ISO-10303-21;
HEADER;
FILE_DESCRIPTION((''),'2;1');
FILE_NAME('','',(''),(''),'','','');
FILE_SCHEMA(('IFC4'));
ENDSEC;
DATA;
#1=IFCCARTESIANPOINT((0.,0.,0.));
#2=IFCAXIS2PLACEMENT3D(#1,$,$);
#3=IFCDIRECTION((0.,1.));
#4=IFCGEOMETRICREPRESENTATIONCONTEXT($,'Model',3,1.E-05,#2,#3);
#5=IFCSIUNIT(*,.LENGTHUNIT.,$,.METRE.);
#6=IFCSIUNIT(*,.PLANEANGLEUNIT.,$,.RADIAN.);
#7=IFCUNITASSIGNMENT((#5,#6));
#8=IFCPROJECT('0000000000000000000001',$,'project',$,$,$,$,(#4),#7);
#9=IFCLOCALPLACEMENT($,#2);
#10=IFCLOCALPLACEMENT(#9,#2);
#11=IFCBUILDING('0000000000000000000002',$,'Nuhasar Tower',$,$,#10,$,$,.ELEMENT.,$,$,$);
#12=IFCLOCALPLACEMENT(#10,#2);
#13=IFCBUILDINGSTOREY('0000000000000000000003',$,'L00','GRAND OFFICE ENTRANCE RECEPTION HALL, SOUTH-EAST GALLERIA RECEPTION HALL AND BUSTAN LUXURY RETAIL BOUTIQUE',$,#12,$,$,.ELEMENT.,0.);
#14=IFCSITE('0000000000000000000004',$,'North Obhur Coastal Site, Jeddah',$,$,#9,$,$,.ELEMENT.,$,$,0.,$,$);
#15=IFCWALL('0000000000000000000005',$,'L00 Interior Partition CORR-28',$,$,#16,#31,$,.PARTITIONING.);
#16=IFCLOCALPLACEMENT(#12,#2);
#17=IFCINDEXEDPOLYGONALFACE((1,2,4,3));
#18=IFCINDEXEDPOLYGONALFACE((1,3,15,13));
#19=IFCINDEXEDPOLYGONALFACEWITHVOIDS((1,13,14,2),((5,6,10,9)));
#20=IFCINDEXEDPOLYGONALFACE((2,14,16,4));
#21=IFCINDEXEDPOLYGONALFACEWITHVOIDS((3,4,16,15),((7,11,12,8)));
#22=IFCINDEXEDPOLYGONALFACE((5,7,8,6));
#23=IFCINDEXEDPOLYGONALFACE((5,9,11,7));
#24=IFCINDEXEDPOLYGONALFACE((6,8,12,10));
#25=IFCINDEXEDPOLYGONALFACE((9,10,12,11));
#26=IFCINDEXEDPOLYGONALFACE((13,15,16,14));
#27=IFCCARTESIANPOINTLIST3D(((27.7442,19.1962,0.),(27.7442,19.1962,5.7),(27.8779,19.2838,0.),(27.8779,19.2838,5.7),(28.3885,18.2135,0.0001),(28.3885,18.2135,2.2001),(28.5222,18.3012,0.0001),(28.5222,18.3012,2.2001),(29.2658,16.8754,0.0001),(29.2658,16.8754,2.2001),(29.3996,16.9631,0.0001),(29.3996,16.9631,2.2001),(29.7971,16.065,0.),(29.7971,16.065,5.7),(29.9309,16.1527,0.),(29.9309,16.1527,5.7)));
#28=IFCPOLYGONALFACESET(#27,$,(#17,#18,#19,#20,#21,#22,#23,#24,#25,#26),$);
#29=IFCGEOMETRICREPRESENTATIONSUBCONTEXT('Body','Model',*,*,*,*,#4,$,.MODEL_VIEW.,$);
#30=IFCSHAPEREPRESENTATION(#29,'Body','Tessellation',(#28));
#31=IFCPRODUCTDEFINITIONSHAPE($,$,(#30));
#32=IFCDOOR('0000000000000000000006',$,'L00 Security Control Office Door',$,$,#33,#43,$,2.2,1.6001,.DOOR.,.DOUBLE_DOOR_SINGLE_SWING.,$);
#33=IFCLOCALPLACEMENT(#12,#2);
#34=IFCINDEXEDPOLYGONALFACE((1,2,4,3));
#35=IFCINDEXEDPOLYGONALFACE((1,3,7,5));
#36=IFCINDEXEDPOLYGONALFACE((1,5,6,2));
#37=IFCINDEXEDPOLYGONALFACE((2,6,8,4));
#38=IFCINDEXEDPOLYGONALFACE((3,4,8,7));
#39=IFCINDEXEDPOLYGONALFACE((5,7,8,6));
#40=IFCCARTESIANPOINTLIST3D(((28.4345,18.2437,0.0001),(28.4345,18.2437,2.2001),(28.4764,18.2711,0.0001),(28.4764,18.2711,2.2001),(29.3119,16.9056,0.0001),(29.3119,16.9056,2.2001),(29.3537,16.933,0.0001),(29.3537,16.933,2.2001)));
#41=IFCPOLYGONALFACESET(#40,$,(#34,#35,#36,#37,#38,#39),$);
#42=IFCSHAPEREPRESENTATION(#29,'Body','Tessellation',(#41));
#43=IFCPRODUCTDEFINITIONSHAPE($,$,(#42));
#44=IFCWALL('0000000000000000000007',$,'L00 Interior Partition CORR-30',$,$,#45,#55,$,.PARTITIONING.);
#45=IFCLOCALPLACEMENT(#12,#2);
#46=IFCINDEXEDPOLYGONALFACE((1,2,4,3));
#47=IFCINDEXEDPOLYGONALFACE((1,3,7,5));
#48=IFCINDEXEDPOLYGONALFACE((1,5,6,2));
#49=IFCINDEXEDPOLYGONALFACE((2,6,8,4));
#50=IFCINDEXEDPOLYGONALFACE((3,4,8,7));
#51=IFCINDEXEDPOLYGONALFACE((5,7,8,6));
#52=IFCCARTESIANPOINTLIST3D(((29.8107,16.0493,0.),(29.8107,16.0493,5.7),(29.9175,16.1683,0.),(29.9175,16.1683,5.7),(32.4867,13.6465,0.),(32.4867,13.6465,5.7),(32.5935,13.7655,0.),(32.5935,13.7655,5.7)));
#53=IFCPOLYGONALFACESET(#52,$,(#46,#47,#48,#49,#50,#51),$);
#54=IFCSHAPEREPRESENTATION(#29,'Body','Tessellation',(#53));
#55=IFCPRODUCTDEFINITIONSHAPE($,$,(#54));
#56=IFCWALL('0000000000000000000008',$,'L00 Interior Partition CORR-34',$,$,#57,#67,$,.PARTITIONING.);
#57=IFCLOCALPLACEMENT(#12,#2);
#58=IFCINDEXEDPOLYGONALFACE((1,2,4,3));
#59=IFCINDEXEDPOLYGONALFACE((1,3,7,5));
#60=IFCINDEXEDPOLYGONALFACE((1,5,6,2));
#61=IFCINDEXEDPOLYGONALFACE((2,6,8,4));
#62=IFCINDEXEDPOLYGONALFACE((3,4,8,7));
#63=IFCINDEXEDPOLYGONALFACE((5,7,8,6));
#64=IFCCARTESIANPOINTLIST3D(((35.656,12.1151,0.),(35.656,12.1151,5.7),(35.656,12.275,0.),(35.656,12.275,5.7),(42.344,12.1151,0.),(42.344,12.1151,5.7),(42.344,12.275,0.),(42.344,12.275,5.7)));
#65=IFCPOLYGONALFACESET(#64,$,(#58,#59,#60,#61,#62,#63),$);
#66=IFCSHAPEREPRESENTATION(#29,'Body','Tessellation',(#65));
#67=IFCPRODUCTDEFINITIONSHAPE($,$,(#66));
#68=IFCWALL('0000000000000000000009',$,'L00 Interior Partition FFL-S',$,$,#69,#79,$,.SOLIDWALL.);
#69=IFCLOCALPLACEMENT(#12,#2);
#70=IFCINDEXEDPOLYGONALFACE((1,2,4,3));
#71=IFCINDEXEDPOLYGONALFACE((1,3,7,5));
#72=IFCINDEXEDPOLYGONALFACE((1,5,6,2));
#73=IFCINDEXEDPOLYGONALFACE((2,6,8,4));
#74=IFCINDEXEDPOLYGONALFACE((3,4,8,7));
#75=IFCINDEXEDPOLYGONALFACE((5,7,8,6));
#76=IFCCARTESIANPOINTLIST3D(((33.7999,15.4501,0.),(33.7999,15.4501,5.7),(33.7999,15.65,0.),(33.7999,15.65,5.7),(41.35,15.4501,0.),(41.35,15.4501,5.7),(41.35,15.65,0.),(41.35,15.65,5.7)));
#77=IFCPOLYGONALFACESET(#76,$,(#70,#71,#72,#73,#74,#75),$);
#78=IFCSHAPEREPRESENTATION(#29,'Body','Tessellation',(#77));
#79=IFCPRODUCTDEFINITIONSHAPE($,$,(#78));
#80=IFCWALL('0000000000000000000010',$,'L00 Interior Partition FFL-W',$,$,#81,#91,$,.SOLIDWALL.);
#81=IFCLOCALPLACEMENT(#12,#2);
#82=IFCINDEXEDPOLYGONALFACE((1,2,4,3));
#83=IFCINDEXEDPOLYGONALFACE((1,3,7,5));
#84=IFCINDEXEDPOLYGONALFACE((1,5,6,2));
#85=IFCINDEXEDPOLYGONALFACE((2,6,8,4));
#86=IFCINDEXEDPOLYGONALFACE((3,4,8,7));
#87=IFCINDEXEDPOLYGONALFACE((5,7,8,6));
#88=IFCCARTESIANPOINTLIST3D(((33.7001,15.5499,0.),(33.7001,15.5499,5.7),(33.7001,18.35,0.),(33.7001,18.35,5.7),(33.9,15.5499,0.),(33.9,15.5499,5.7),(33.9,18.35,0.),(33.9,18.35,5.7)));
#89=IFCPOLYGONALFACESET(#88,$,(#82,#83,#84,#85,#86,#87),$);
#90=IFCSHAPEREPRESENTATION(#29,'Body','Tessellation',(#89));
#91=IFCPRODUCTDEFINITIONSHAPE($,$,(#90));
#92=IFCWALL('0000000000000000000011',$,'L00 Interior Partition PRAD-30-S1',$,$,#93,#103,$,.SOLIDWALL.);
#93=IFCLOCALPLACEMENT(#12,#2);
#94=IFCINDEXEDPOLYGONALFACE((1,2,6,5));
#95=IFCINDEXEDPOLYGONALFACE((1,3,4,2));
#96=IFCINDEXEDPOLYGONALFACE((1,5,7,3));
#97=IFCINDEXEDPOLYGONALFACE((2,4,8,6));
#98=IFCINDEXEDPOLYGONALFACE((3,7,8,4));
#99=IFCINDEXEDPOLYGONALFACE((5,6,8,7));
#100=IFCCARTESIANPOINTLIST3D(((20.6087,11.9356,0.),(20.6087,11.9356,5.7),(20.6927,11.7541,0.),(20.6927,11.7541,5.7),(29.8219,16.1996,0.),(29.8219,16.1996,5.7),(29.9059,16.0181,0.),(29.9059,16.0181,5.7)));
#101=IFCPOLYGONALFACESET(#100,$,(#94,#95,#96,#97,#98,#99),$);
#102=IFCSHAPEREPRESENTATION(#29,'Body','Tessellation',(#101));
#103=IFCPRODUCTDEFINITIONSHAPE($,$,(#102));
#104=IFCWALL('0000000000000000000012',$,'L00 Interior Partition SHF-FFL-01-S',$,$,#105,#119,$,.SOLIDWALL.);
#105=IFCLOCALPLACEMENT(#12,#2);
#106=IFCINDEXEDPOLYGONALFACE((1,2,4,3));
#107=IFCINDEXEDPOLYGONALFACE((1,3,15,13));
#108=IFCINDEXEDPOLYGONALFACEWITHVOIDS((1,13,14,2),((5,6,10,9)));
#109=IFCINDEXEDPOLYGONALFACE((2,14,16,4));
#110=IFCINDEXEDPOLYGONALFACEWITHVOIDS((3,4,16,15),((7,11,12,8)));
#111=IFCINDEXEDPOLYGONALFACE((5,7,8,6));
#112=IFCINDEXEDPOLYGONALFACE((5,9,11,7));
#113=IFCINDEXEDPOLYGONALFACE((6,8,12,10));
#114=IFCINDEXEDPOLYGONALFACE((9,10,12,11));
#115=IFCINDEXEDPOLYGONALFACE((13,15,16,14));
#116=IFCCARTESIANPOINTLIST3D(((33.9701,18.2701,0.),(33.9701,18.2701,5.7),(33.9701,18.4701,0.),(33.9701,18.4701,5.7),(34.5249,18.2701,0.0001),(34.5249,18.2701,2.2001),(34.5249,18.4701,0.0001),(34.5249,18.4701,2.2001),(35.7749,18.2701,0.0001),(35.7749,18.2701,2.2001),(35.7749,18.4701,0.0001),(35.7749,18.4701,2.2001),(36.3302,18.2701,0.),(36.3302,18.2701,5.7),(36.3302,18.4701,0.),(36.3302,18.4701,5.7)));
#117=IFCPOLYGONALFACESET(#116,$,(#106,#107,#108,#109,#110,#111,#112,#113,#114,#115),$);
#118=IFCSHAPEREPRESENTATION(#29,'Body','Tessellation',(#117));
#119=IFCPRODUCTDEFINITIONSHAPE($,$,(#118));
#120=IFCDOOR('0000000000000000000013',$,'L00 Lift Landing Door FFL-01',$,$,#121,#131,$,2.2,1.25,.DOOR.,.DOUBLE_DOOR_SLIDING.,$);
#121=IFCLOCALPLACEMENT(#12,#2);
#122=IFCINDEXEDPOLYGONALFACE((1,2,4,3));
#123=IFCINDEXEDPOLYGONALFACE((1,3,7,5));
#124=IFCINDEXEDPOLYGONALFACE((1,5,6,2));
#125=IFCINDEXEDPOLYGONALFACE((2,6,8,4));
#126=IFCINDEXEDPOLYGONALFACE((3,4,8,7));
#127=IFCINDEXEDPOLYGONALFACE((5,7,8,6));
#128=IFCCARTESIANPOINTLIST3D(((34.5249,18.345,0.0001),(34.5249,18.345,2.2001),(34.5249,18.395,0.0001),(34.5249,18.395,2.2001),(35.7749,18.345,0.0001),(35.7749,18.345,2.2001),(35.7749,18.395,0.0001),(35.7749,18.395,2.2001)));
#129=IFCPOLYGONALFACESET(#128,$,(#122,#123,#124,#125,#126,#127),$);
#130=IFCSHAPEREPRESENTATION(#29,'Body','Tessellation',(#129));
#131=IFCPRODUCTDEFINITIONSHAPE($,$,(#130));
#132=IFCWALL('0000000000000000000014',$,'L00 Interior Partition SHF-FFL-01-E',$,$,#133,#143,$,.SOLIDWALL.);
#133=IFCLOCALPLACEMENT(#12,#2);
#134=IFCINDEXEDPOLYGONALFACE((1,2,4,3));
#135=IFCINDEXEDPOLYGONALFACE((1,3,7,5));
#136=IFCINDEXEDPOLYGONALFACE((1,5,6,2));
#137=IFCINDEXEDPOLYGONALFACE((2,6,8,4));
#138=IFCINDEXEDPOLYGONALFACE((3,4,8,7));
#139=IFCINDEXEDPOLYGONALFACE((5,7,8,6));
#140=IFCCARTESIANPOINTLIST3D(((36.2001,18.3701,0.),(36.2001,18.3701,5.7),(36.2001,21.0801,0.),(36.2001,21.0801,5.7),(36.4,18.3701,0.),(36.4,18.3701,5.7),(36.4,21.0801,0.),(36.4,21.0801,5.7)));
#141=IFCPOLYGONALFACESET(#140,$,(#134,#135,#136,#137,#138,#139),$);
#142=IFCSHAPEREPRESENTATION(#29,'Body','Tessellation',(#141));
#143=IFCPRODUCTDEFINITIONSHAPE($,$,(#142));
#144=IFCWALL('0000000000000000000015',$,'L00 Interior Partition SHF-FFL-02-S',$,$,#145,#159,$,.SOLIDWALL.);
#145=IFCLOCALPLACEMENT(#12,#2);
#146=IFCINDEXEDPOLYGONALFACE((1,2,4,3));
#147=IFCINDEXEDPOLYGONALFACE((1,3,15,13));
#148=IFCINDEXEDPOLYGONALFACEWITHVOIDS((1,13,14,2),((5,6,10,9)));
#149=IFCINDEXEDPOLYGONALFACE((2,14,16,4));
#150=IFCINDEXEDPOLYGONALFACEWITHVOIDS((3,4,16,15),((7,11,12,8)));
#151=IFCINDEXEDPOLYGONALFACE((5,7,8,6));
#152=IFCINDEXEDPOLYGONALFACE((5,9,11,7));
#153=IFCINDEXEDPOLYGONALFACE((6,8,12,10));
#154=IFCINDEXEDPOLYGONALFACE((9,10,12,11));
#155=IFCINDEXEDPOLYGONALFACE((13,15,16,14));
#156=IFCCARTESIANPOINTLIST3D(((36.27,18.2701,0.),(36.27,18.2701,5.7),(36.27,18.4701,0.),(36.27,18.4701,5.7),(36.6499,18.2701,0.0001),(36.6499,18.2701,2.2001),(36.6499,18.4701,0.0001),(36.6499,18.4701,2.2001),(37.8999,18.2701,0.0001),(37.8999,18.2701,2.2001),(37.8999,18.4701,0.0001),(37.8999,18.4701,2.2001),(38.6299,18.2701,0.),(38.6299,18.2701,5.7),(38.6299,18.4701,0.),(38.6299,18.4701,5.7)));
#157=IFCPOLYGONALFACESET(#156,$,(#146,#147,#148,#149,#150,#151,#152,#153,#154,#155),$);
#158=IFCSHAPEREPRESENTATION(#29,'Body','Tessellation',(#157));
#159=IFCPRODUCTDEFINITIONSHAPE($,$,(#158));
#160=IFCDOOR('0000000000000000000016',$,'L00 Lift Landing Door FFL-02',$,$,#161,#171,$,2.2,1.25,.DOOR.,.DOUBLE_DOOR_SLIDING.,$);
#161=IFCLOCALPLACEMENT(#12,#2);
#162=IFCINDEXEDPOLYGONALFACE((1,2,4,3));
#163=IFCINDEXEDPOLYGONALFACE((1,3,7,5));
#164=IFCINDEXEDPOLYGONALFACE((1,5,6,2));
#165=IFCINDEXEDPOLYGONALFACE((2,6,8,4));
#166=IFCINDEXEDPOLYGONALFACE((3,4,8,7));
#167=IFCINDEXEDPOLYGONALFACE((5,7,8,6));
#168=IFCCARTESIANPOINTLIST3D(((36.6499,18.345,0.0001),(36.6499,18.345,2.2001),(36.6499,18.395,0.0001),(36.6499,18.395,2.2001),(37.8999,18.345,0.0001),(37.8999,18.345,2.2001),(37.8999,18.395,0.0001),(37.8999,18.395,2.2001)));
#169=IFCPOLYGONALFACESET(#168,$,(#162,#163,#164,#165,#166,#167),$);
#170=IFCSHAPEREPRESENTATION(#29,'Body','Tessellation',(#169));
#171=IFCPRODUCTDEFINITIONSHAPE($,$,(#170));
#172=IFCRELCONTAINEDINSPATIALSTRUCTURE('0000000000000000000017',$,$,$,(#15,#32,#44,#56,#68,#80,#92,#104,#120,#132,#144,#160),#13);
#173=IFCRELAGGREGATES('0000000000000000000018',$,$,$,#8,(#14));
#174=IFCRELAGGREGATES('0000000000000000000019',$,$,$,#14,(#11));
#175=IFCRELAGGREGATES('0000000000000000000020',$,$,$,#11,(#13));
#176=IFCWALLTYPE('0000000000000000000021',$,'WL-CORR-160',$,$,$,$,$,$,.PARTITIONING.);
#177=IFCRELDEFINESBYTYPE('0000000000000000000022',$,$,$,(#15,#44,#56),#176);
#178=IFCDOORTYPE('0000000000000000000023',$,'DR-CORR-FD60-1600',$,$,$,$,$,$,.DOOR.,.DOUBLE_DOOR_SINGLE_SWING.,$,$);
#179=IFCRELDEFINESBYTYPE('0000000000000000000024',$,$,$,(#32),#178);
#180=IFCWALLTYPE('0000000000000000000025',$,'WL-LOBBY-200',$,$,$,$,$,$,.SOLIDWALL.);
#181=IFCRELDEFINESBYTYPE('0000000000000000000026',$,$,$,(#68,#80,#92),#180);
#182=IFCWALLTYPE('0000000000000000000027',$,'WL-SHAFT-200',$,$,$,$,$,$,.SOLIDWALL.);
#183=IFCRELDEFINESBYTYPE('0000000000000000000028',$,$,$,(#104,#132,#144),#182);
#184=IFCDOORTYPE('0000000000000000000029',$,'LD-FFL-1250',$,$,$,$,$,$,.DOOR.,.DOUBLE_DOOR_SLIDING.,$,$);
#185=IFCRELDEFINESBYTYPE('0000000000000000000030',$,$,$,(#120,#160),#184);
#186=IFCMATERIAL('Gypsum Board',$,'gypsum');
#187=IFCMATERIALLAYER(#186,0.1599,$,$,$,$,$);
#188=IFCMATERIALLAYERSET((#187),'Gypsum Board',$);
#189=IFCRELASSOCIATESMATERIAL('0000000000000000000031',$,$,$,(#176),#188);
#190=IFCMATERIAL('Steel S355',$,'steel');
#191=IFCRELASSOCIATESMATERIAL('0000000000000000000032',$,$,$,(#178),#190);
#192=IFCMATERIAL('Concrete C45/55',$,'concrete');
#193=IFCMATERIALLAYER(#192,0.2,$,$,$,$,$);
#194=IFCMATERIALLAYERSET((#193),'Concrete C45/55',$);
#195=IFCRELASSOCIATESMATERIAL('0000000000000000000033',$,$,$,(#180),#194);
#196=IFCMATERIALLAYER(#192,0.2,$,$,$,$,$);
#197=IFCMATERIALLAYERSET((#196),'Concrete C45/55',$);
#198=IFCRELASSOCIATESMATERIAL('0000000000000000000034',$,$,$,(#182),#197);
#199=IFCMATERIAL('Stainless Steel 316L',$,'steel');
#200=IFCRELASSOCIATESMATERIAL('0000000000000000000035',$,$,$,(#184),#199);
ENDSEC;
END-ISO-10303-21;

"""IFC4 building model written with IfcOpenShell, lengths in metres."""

from ifc_helpers import new_model, si_unit, direction, frame, frame_2d, origin, place, context, subcontext, project, spatial, rectangle, extrude, material, layer, layer_set, type_object, element, fill, save


model = new_model("IFC4")

# Units and contexts
model_context = context("Model", 3, precision=1e-05, world=origin(), true_north=direction((0.0, 1.0)))
body_context = subcontext(model_context, "Body", "Model", "MODEL_VIEW")
ifc_project = project(units=[si_unit("LENGTHUNIT", "METRE"), si_unit("PLANEANGLEUNIT", "RADIAN")], contexts=[model_context])

# Site, building, storey
site_placement = place(None, origin())
site = spatial("IfcSite", under=ifc_project, at=site_placement, Name="North Obhur Coastal Site, Jeddah", CompositionType="ELEMENT", RefElevation=0.0)
building_placement = place(site_placement, origin())
building = spatial("IfcBuilding", under=site, at=building_placement, Name="Nuhasar Tower", CompositionType="ELEMENT")
storey_placement = place(building_placement, origin())
storey = spatial("IfcBuildingStorey", under=building, at=storey_placement, Name="L00", Description="GRAND OFFICE ENTRANCE RECEPTION HALL, SOUTH-EAST GALLERIA RECEPTION HALL AND BUSTAN LUXURY RETAIL BOUTIQUE", CompositionType="ELEMENT", Elevation=0.0)

# Shared definitions
ifc_material_1 = material(Name="Steel S355", Category="steel")

# Wall, opening, door
ifc_material_2 = material(Name="Gypsum Board", Category="gypsum")
ifc_layer_1 = layer(ifc_material_2, 0.1599)
ifc_layer_set_1 = layer_set([ifc_layer_1], Name="Gypsum Board")
wall_type_1 = type_object("IfcWallType", Name="WL-CORR-160", PredefinedType="PARTITIONING", material=ifc_layer_set_1)
wall_1_placement = place(storey_placement, frame((29.864, 16.1089, 0.0), z_axis=(0.0, 0.0, 1.0), x_axis=(-0.548319, 0.836269, 0.0)))
wall_1 = element("IfcWall", 1, at=wall_1_placement, inside=storey, type_object=wall_type_1, Name="L00 Interior Partition CORR-28", PredefinedType="PARTITIONING", context=body_context, shape_type="SweptSolid", body=[
    extrude(rectangle(XDim=3.7441, YDim=0.1599, at=frame_2d((1.8721, 0.0))), origin(), (0.0, 0.0, 1.0), 5.7),
])
opening_1_placement = place(wall_1_placement, frame((0.969, 0.0, 0.0)))
opening_1 = element("IfcOpeningElement", 2, at=opening_1_placement, cuts=wall_1, PredefinedType="OPENING", context=body_context, shape_type="SweptSolid", body=[
    extrude(rectangle(XDim=1.6001, YDim=2.2, at=frame_2d((0.8, 1.1001))), frame((0.0, 0.0898, 0.0), z_axis=(0.0, -1.0, 0.0), x_axis=(1.0, 0.0, 0.0)), (0.0, 0.0, 1.0), 0.1799),
])
door_type_1 = type_object("IfcDoorType", Name="DR-CORR-FD60-1600", OperationType="DOUBLE_DOOR_SINGLE_SWING", PredefinedType="DOOR", material=ifc_material_1)
door_1_placement = place(opening_1_placement, origin())
door_1 = element("IfcDoor", 3, at=door_1_placement, inside=storey, type_object=door_type_1, Name="L00 Security Control Office Door", OperationType="DOUBLE_DOOR_SINGLE_SWING", OverallHeight=2.2, OverallWidth=1.6001, PredefinedType="DOOR", context=body_context, shape_type="SweptSolid", body=[
    extrude(rectangle(XDim=1.6001, YDim=2.2, at=frame_2d((0.8, 1.1001))), frame((0.0, 0.0249, 0.0), z_axis=(0.0, -1.0, 0.0), x_axis=(1.0, 0.0, 0.0)), (0.0, 0.0, 1.0), 0.05),
])
fill(opening_1, door_1)

# Walls
wall_2_placement = place(storey_placement, frame((29.864, 16.1089, 0.0), z_axis=(0.0, 0.0, 1.0), x_axis=(0.744067, -0.668105, 0.0)))
element("IfcWall", 4, at=wall_2_placement, inside=storey, type_object=wall_type_1, Name="L00 Interior Partition CORR-30", PredefinedType="PARTITIONING", context=body_context, shape_type="SweptSolid", body=[
    extrude(rectangle(XDim=3.5964, YDim=0.1599, at=frame_2d((1.7983, 0.0))), origin(), (0.0, 0.0, 1.0), 5.7),
])
wall_3_placement = place(storey_placement, frame((35.656, 12.1951, 0.0), z_axis=(0.0, 0.0, 1.0), x_axis=(1.0, 0.0, 0.0)))
element("IfcWall", 5, at=wall_3_placement, inside=storey, type_object=wall_type_1, Name="L00 Interior Partition CORR-34", PredefinedType="PARTITIONING", context=body_context, shape_type="SweptSolid", body=[
    extrude(rectangle(XDim=6.688, YDim=0.1599, at=frame_2d((3.344, 0.0))), origin(), (0.0, 0.0, 1.0), 5.7),
])
ifc_material_3 = material(Name="Concrete C45/55", Category="concrete")
ifc_layer_2 = layer(ifc_material_3, 0.2)
ifc_layer_set_2 = layer_set([ifc_layer_2], Name="Concrete C45/55")
wall_type_2 = type_object("IfcWallType", Name="WL-LOBBY-200", PredefinedType="SOLIDWALL", material=ifc_layer_set_2)
wall_4_placement = place(storey_placement, frame((33.8, 15.55, 0.0), z_axis=(0.0, 0.0, 1.0), x_axis=(1.0, 0.0, 0.0)))
element("IfcWall", 6, at=wall_4_placement, inside=storey, type_object=wall_type_2, Name="L00 Interior Partition FFL-S", PredefinedType="SOLIDWALL", context=body_context, shape_type="SweptSolid", body=[
    extrude(rectangle(XDim=7.55, YDim=0.2, at=frame_2d((3.7749, 0.0))), origin(), (0.0, 0.0, 1.0), 5.7),
])
wall_5_placement = place(storey_placement, frame((33.8, 15.55, 0.0), z_axis=(0.0, 0.0, 1.0), x_axis=(0.0, 1.0, 0.0)))
element("IfcWall", 7, at=wall_5_placement, inside=storey, type_object=wall_type_2, Name="L00 Interior Partition FFL-W", PredefinedType="SOLIDWALL", context=body_context, shape_type="SweptSolid", body=[
    extrude(rectangle(XDim=2.8, YDim=0.2, at=frame_2d((1.3999, 0.0))), origin(), (0.0, 0.0, 1.0), 5.7),
])
wall_6_placement = place(storey_placement, frame((29.864, 16.1089, 0.0), z_axis=(0.0, 0.0, 1.0), x_axis=(-0.90752, -0.420008, 0.0)))
element("IfcWall", 8, at=wall_6_placement, inside=storey, type_object=wall_type_2, Name="L00 Interior Partition PRAD-30-S1", PredefinedType="SOLIDWALL", context=body_context, shape_type="SweptSolid", body=[
    extrude(rectangle(XDim=10.1521, YDim=0.2, at=frame_2d((5.0762, 0.0))), origin(), (0.0, 0.0, 1.0), 5.7),
])

# Wall, opening, door
ifc_layer_3 = layer(ifc_material_3, 0.2)
ifc_layer_set_3 = layer_set([ifc_layer_3], Name="Concrete C45/55")
wall_type_3 = type_object("IfcWallType", Name="WL-SHAFT-200", PredefinedType="SOLIDWALL", material=ifc_layer_set_3)
wall_7_placement = place(storey_placement, frame((33.97, 18.3701, 0.0), z_axis=(0.0, 0.0, 1.0), x_axis=(1.0, 0.0, 0.0)))
wall_7 = element("IfcWall", 9, at=wall_7_placement, inside=storey, type_object=wall_type_3, Name="L00 Interior Partition SHF-FFL-01-S", PredefinedType="SOLIDWALL", context=body_context, shape_type="SweptSolid", body=[
    extrude(rectangle(XDim=2.3601, YDim=0.2, at=frame_2d((1.1802, 0.0))), origin(), (0.0, 0.0, 1.0), 5.7),
])
opening_2_placement = place(wall_7_placement, frame((0.5549, 0.0, 0.0)))
opening_2 = element("IfcOpeningElement", 10, at=opening_2_placement, cuts=wall_7, PredefinedType="OPENING", context=body_context, shape_type="SweptSolid", body=[
    extrude(rectangle(XDim=1.25, YDim=2.2, at=frame_2d((0.625, 1.1001))), frame((0.0, 0.1099, 0.0), z_axis=(0.0, -1.0, 0.0), x_axis=(1.0, 0.0, 0.0)), (0.0, 0.0, 1.0), 0.22),
])
ifc_material_4 = material(Name="Stainless Steel 316L", Category="steel")
door_type_2 = type_object("IfcDoorType", Name="LD-FFL-1250", OperationType="DOUBLE_DOOR_SLIDING", PredefinedType="DOOR", material=ifc_material_4)
door_2_placement = place(opening_2_placement, origin())
door_2 = element("IfcDoor", 11, at=door_2_placement, inside=storey, type_object=door_type_2, Name="L00 Lift Landing Door FFL-01", OperationType="DOUBLE_DOOR_SLIDING", OverallHeight=2.2, OverallWidth=1.25, PredefinedType="DOOR", context=body_context, shape_type="SweptSolid", body=[
    extrude(rectangle(XDim=1.25, YDim=2.2, at=frame_2d((0.625, 1.1001))), frame((0.0, 0.0249, 0.0), z_axis=(0.0, -1.0, 0.0), x_axis=(1.0, 0.0, 0.0)), (0.0, 0.0, 1.0), 0.05),
])
fill(opening_2, door_2)

# Wall
wall_8_placement = place(storey_placement, frame((36.3, 18.3701, 0.0), z_axis=(0.0, 0.0, 1.0), x_axis=(0.0, 1.0, 0.0)))
element("IfcWall", 12, at=wall_8_placement, inside=storey, type_object=wall_type_3, Name="L00 Interior Partition SHF-FFL-01-E", PredefinedType="SOLIDWALL", context=body_context, shape_type="SweptSolid", body=[
    extrude(rectangle(XDim=2.71, YDim=0.2, at=frame_2d((1.355, 0.0))), origin(), (0.0, 0.0, 1.0), 5.7),
])

# Wall, opening, door
wall_9_placement = place(storey_placement, frame((36.27, 18.3701, 0.0), z_axis=(0.0, 0.0, 1.0), x_axis=(1.0, 0.0, 0.0)))
wall_9 = element("IfcWall", 13, at=wall_9_placement, inside=storey, type_object=wall_type_3, Name="L00 Interior Partition SHF-FFL-02-S", PredefinedType="SOLIDWALL", context=body_context, shape_type="SweptSolid", body=[
    extrude(rectangle(XDim=2.3599, YDim=0.2, at=frame_2d((1.1799, 0.0))), origin(), (0.0, 0.0, 1.0), 5.7),
])
opening_3_placement = place(wall_9_placement, frame((0.3799, 0.0, 0.0)))
opening_3 = element("IfcOpeningElement", 14, at=opening_3_placement, cuts=wall_9, PredefinedType="OPENING", context=body_context, shape_type="SweptSolid", body=[
    extrude(rectangle(XDim=1.25, YDim=2.2, at=frame_2d((0.625, 1.1001))), frame((0.0, 0.1099, 0.0), z_axis=(0.0, -1.0, 0.0), x_axis=(1.0, 0.0, 0.0)), (0.0, 0.0, 1.0), 0.22),
])
door_3_placement = place(opening_3_placement, origin())
door_3 = element("IfcDoor", 15, at=door_3_placement, inside=storey, type_object=door_type_2, Name="L00 Lift Landing Door FFL-02", OperationType="DOUBLE_DOOR_SLIDING", OverallHeight=2.2, OverallWidth=1.25, PredefinedType="DOOR", context=body_context, shape_type="SweptSolid", body=[
    extrude(rectangle(XDim=1.25, YDim=2.2, at=frame_2d((0.625, 1.1001))), frame((0.0, 0.0249, 0.0), z_axis=(0.0, -1.0, 0.0), x_axis=(1.0, 0.0, 0.0)), (0.0, 0.0, 1.0), 0.05),
])
fill(opening_3, door_3)

save(model, "model.ifc")
